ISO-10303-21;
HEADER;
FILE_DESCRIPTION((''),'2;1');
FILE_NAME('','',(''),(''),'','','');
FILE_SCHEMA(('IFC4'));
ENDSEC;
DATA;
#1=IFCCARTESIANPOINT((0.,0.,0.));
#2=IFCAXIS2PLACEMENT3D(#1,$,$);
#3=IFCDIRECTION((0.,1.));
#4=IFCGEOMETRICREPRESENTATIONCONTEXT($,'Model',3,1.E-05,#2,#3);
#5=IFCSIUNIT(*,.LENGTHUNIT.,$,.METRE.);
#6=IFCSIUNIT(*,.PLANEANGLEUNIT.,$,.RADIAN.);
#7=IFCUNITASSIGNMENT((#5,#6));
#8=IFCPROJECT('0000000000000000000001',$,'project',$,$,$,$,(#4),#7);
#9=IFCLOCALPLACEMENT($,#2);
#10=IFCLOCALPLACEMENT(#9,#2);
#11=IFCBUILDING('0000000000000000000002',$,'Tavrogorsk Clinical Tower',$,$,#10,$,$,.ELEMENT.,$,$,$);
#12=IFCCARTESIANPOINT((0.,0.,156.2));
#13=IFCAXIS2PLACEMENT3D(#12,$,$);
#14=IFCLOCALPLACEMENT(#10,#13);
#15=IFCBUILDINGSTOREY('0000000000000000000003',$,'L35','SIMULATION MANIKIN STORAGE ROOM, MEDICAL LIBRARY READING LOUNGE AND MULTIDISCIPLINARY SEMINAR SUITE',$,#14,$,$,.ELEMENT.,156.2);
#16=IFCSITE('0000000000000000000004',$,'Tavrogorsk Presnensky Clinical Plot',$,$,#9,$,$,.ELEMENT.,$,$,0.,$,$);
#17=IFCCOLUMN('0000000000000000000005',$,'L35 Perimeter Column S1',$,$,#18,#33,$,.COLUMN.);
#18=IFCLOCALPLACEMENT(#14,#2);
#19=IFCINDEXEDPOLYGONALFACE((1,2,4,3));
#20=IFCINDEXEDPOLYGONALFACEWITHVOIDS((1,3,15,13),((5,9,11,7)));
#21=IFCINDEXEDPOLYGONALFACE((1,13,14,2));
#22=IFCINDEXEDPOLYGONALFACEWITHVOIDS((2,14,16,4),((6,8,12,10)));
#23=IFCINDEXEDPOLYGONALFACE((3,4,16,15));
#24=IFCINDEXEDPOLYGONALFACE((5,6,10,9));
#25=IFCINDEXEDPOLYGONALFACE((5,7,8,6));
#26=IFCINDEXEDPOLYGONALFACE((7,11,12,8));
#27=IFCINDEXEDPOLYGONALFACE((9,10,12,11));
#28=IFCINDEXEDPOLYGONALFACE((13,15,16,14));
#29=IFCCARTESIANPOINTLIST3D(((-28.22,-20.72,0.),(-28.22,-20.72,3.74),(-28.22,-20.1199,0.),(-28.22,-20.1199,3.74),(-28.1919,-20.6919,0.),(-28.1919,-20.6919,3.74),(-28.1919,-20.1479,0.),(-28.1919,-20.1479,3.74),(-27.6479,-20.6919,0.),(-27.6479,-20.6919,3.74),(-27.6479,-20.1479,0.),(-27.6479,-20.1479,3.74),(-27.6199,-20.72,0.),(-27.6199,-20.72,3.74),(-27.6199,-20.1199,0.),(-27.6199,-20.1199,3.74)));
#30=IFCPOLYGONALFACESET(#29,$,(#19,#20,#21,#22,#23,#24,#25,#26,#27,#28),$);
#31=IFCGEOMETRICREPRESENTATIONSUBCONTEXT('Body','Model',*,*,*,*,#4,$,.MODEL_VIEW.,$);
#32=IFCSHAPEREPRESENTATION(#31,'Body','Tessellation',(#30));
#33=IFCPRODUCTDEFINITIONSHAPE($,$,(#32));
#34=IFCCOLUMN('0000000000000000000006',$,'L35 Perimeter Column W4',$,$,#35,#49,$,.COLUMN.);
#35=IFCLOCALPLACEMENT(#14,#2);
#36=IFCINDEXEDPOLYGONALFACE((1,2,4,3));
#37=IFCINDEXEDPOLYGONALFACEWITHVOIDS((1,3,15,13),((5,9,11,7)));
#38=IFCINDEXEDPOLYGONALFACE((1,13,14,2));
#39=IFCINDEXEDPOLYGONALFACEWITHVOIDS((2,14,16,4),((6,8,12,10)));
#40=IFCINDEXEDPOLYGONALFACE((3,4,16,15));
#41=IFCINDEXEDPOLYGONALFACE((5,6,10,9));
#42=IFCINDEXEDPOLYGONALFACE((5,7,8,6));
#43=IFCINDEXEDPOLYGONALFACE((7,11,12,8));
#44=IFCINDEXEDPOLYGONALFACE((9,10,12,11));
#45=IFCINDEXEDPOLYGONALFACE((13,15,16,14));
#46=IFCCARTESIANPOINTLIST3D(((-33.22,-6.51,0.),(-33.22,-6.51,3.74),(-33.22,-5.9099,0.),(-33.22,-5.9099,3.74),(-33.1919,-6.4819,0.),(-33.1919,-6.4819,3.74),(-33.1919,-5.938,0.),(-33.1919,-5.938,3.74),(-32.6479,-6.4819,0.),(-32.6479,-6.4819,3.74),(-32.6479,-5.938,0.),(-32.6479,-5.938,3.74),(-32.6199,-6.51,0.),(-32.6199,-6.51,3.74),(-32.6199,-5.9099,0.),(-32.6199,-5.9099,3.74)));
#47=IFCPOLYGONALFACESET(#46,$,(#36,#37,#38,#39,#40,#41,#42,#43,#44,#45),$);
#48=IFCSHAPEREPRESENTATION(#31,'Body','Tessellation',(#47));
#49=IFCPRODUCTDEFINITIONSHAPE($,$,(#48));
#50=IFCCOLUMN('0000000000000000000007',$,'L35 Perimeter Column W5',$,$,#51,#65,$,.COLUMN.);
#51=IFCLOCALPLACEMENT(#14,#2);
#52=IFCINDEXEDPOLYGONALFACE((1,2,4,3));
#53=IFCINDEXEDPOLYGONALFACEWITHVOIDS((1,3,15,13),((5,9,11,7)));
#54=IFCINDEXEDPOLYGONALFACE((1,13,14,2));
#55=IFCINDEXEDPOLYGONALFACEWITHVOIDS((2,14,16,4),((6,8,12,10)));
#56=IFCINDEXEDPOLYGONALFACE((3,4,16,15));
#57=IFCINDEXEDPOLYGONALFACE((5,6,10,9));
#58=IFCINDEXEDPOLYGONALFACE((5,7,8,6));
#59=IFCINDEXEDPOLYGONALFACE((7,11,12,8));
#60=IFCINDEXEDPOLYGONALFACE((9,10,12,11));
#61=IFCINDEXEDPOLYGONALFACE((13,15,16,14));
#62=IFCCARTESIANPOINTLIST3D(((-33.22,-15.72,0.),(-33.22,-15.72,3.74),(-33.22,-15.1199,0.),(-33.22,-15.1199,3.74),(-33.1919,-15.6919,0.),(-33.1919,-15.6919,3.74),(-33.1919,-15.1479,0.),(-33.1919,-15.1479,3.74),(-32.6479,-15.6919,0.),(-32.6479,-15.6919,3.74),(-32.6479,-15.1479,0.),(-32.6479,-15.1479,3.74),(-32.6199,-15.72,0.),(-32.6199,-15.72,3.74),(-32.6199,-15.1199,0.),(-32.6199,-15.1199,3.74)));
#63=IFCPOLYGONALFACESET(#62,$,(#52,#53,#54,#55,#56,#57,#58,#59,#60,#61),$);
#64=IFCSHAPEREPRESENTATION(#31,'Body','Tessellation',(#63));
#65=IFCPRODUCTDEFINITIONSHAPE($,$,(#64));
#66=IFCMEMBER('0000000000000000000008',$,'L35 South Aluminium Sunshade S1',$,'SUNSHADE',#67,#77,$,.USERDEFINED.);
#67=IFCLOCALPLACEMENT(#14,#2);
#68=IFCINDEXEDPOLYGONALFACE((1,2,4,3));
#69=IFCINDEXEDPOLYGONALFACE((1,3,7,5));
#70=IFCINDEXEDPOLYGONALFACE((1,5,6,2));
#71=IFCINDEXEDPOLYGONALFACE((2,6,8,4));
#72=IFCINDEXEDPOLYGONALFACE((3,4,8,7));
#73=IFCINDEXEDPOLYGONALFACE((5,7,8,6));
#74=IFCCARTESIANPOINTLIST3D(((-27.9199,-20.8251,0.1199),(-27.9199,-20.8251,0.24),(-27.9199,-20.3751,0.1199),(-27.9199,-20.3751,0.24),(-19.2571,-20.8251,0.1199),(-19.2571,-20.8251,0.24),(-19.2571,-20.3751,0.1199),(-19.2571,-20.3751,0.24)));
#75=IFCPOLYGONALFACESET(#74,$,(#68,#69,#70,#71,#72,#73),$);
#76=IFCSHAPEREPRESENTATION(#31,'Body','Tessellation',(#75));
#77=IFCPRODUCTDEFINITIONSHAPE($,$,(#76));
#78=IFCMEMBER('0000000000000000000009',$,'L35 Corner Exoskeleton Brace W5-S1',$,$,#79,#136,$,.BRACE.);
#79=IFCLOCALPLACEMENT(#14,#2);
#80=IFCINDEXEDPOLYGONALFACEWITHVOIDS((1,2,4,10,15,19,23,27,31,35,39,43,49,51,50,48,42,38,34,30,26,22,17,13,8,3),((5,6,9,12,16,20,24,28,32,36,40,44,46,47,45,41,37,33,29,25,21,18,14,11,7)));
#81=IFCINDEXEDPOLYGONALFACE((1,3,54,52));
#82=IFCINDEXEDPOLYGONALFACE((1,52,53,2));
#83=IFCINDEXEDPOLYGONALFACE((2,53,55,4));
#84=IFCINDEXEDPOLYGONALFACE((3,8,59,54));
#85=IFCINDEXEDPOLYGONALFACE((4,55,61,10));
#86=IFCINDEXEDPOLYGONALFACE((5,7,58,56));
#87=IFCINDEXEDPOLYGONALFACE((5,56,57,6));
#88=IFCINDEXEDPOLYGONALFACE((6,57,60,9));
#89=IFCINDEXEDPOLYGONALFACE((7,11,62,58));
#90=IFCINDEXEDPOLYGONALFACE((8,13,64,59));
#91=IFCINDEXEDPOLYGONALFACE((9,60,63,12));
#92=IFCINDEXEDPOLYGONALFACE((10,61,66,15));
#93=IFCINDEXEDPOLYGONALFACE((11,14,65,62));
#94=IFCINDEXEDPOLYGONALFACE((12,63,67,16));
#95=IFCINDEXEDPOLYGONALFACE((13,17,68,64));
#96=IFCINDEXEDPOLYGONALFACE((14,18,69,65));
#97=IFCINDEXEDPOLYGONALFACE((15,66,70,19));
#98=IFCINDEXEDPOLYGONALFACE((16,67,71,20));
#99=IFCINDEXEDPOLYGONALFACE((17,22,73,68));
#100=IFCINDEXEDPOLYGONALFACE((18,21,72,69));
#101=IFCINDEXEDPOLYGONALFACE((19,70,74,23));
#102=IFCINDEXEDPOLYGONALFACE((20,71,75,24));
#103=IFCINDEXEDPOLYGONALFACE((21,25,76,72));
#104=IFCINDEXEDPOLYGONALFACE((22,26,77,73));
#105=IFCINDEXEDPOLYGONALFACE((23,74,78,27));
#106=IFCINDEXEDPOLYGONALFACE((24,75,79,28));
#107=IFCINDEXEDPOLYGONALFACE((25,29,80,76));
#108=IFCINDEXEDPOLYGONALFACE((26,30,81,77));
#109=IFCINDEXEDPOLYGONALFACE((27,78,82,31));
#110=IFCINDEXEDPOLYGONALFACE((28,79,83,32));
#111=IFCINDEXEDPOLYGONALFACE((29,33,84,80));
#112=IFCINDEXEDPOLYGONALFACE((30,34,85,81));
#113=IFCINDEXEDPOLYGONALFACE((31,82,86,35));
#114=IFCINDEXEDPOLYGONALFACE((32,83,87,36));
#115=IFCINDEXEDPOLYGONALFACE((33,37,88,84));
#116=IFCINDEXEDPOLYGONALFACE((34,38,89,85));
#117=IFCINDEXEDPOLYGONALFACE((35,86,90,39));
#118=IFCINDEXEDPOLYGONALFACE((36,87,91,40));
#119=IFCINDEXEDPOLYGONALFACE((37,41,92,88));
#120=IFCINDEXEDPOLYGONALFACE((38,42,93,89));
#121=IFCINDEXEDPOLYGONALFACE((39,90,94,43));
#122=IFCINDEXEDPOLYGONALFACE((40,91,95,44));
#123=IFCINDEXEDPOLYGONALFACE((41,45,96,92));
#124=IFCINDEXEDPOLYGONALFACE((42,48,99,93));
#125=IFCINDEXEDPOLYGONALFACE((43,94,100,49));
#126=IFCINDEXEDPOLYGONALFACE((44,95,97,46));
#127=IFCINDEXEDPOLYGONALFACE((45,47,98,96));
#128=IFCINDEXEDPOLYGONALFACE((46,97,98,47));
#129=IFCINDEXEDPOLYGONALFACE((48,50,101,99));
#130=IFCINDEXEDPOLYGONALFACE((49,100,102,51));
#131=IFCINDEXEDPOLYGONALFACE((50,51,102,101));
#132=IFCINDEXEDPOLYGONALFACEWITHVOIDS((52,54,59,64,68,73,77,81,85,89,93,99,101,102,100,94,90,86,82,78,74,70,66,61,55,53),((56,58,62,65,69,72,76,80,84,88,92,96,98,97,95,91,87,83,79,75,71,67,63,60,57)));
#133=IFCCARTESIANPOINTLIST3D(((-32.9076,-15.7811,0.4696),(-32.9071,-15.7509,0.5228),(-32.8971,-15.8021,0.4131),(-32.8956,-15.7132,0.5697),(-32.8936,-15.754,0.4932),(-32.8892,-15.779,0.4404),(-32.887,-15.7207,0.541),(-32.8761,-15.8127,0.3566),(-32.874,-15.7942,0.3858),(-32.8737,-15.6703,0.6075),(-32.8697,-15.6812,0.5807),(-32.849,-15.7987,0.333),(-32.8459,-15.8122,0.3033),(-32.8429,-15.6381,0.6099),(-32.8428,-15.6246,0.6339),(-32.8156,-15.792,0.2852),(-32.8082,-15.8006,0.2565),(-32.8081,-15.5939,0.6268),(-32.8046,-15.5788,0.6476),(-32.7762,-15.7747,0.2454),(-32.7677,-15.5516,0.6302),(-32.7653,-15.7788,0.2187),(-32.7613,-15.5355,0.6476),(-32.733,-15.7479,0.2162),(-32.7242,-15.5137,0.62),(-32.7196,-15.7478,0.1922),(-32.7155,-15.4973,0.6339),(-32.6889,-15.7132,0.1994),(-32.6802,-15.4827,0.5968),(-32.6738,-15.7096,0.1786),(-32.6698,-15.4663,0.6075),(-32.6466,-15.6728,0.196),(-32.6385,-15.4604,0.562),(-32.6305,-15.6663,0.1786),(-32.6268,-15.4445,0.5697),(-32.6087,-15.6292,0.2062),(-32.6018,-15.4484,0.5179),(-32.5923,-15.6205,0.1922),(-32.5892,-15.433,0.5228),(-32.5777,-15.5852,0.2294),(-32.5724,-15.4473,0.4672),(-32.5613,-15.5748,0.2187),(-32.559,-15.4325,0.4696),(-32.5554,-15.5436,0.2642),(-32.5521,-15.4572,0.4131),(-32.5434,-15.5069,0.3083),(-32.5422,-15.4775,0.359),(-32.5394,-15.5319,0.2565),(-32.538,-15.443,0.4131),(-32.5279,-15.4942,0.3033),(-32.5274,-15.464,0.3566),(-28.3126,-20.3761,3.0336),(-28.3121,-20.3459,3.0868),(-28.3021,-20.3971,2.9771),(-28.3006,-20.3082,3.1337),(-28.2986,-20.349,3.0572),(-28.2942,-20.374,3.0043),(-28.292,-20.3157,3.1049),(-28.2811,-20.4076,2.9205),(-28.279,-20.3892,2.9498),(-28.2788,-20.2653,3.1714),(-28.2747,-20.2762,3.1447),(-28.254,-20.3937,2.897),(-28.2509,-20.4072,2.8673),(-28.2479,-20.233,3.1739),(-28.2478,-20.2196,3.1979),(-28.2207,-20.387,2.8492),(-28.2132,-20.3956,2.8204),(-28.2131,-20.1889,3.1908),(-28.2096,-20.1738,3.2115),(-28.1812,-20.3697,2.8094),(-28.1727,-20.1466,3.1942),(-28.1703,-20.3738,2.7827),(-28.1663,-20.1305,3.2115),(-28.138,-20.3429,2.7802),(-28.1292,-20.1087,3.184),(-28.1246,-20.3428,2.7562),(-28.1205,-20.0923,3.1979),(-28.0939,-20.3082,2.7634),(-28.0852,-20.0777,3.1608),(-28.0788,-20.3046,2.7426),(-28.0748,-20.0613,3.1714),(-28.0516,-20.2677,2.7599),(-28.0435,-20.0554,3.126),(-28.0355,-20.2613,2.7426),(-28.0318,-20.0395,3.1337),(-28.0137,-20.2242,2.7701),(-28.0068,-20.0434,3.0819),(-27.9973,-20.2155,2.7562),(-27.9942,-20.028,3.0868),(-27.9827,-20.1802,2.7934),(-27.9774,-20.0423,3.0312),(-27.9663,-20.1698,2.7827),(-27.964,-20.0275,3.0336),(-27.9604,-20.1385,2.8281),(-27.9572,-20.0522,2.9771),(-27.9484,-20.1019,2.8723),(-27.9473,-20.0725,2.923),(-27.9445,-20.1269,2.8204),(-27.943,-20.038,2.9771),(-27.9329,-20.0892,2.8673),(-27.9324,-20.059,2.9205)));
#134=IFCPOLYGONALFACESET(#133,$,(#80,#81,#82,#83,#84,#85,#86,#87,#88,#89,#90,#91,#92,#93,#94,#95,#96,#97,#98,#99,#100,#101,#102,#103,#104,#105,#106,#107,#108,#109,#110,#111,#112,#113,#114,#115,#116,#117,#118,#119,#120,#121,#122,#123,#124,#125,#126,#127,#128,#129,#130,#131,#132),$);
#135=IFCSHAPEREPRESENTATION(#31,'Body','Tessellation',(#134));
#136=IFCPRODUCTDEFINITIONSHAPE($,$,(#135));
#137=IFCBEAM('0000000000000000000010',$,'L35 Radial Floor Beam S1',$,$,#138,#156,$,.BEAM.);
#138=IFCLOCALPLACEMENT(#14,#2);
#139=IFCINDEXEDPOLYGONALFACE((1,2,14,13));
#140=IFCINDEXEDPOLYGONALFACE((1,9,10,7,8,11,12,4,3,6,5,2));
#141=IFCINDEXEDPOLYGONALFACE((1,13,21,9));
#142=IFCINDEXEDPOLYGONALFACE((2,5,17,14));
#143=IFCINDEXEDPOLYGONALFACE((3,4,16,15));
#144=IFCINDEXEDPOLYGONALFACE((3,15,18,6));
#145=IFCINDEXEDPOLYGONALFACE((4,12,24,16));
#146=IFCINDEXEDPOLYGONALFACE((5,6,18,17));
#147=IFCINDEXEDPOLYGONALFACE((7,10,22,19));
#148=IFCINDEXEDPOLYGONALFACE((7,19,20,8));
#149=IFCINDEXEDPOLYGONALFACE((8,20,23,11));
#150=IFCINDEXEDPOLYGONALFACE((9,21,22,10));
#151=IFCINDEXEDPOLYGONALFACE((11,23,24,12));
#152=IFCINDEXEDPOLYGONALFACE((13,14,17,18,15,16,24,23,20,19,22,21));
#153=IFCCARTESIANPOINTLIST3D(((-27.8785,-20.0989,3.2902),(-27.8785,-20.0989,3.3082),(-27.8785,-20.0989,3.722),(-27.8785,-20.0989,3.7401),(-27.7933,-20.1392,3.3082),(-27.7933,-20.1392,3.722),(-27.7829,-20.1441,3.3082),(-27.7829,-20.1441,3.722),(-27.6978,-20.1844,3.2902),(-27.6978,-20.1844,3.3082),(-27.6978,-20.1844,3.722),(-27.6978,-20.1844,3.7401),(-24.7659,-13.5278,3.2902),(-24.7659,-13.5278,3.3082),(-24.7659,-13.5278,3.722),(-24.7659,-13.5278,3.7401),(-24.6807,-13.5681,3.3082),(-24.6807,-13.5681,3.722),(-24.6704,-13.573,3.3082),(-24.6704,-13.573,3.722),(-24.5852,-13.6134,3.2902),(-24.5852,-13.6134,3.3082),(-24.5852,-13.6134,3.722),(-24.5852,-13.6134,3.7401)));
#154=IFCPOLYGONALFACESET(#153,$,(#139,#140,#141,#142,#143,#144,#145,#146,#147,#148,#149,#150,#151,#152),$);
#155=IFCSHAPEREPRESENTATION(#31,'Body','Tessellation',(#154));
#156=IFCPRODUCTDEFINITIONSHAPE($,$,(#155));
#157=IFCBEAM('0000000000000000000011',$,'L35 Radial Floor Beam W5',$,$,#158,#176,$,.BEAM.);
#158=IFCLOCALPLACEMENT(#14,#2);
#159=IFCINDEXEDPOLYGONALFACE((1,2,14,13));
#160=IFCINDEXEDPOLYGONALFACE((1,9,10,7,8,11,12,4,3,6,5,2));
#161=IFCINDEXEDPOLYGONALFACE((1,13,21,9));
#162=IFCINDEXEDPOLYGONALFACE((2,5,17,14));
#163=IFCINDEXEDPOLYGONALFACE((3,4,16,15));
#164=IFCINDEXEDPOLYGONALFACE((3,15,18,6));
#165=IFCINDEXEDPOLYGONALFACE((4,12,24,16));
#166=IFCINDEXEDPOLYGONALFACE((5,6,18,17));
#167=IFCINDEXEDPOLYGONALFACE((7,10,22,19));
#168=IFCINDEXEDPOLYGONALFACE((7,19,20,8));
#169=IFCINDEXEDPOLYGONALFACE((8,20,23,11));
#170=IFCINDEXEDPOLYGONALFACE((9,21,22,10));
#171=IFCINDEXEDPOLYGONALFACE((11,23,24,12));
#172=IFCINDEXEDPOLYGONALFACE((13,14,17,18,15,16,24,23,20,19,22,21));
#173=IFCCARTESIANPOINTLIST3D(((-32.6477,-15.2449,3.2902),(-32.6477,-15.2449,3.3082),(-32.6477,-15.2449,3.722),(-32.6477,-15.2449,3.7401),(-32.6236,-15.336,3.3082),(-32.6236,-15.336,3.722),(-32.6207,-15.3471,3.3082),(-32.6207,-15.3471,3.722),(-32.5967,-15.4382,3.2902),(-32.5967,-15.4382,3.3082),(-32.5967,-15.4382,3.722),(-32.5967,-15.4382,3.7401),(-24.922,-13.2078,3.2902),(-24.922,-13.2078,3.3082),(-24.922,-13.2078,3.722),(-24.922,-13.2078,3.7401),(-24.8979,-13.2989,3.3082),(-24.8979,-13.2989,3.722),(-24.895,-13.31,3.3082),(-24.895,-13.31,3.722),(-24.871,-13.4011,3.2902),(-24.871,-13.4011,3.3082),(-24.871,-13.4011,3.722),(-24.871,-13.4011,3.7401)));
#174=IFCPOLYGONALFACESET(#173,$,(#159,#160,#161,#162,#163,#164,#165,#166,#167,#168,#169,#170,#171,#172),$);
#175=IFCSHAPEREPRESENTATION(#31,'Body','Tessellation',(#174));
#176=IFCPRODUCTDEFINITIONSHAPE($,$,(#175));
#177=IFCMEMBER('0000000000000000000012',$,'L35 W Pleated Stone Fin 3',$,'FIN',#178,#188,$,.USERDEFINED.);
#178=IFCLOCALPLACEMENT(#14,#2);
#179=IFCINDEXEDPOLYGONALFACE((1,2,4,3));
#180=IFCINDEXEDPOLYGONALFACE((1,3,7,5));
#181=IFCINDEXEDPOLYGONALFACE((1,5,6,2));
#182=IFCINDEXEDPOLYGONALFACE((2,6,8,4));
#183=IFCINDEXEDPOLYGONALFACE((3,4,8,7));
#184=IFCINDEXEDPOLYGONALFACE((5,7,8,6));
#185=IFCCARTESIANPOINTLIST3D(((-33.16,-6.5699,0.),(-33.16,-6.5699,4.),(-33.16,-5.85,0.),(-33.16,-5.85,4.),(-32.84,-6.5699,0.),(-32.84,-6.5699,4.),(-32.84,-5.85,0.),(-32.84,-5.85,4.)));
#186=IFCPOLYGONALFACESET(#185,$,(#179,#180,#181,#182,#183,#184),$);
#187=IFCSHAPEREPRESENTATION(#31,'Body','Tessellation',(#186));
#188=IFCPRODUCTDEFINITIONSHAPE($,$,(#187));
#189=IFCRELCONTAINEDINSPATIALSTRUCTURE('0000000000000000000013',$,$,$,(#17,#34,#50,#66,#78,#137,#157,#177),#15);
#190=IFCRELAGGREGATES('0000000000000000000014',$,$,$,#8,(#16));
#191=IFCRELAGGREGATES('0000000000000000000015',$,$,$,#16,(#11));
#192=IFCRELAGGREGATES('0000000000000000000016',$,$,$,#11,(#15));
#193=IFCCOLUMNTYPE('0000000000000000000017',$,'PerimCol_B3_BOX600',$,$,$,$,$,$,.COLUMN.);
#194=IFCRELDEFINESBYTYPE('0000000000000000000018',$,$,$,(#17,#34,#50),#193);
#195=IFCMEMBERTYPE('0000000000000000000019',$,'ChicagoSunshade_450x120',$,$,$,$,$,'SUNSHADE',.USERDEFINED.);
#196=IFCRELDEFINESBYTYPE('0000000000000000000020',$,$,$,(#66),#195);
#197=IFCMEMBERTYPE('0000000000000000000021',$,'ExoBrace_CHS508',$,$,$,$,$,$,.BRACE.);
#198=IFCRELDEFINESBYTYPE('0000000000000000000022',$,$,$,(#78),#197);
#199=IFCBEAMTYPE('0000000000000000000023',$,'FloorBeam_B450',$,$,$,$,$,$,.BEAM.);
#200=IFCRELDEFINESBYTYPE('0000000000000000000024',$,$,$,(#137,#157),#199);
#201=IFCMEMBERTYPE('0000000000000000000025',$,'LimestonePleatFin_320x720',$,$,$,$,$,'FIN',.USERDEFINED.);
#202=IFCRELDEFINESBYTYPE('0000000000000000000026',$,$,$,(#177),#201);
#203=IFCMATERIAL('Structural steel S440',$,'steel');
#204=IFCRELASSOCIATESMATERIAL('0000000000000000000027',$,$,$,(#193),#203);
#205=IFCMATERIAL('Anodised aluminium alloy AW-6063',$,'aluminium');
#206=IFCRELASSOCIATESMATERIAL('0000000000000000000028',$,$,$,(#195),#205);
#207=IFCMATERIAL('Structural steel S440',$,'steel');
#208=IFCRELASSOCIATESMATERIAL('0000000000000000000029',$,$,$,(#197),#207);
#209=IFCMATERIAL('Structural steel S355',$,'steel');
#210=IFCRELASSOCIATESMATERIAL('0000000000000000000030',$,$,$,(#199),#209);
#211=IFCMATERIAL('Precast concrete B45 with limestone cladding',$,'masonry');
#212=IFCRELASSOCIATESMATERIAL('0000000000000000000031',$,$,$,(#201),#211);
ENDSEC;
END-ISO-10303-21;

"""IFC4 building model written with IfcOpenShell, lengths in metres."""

from ifc_helpers import new_model, si_unit, direction, frame, origin, origin_2d, place, context, subcontext, project, spatial, rectangle, hollow_rectangle, hollow_circle, i_section, extrude, material, material_profile, profile_set, type_object, element, save


model = new_model("IFC4")

# Units and contexts
model_context = context("Model", 3, precision=1e-05, world=origin(), true_north=direction((0.0, 1.0)))
body_context = subcontext(model_context, "Body", "Model", "MODEL_VIEW")
ifc_project = project(units=[si_unit("LENGTHUNIT", "METRE"), si_unit("PLANEANGLEUNIT", "RADIAN")], contexts=[model_context])

# Site, building, storey
site_placement = place(None, origin())
site = spatial("IfcSite", under=ifc_project, at=site_placement, Name="Tavrogorsk Presnensky Clinical Plot", CompositionType="ELEMENT", RefElevation=0.0)
building_placement = place(site_placement, origin())
building = spatial("IfcBuilding", under=site, at=building_placement, Name="Tavrogorsk Clinical Tower", CompositionType="ELEMENT")
storey_placement = place(building_placement, frame((0.0, 0.0, 156.2)))
storey = spatial("IfcBuildingStorey", under=building, at=storey_placement, Name="L35", Description="SIMULATION MANIKIN STORAGE ROOM, MEDICAL LIBRARY READING LOUNGE AND MULTIDISCIPLINARY SEMINAR SUITE", CompositionType="ELEMENT", Elevation=156.2)

# Columns
ifc_material_1 = material(Name="Structural steel S440", Category="steel")
ifc_material_profile_1 = material_profile(ifc_material_1, hollow_rectangle(XDim=0.6001, YDim=0.6001, WallThickness=0.0281, at=origin_2d()), Name="BOX-600x600x28")
ifc_profile_set_1 = profile_set([ifc_material_profile_1], Name="Structural steel S440")
column_type = type_object("IfcColumnType", Name="PerimCol_B3_BOX600", PredefinedType="COLUMN", material=ifc_profile_set_1)
for number, where, z_axis, x_axis, name in (
    (1, (-27.9199, -20.4199, 0.0), (0.0, 0.0, 1.0), (1.0, 0.0, 0.0), "L35 Perimeter Column S1"),
    (2, (-32.9199, -6.21, 0.0), (0.0, 0.0, 1.0), (1.0, 0.0, 0.0), "L35 Perimeter Column W4"),
    (3, (-32.9199, -15.4199, 0.0), (0.0, 0.0, 1.0), (1.0, 0.0, 0.0), "L35 Perimeter Column W5"),
):
    element("IfcColumn", number, at=place(storey_placement, frame(where, z_axis=z_axis, x_axis=x_axis)), inside=storey, type_object=column_type, Name=name, PredefinedType="COLUMN", context=body_context, shape_type="SweptSolid", body=[
        extrude(hollow_rectangle(XDim=0.6001, YDim=0.6001, WallThickness=0.0281, at=origin_2d()), origin(), (0.0, 0.0, 1.0), 3.74),
    ])

# Members
ifc_material_2 = material(Name="Anodised aluminium alloy AW-6063", Category="aluminium")
ifc_material_profile_2 = material_profile(ifc_material_2, rectangle(XDim=0.45, YDim=0.1201, at=origin_2d()), Name="ALU-SUNSHADE-450x120")
ifc_profile_set_2 = profile_set([ifc_material_profile_2], Name="Anodised aluminium alloy AW-6063")
member_type_1 = type_object("IfcMemberType", Name="ChicagoSunshade_450x120", ElementType="SUNSHADE", PredefinedType="USERDEFINED", material=ifc_profile_set_2)
member_1_placement = place(storey_placement, frame((-27.9199, -20.6001, 0.1799), z_axis=(1.0, 0.0, 0.0), x_axis=(0.0, 1.0, 0.0)))
element("IfcMember", 4, at=member_1_placement, inside=storey, type_object=member_type_1, Name="L35 South Aluminium Sunshade S1", ObjectType="SUNSHADE", PredefinedType="USERDEFINED", context=body_context, shape_type="SweptSolid", body=[
    extrude(rectangle(XDim=0.45, YDim=0.1201, at=origin_2d()), origin(), (0.0, 0.0, 1.0), 8.6628),
])
ifc_material_3 = material(Name="Structural steel S440", Category="steel")
ifc_material_profile_3 = material_profile(ifc_material_3, hollow_circle(Radius=0.2539, WallThickness=0.02, at=origin_2d()), Name="CHS-508x20")
ifc_profile_set_3 = profile_set([ifc_material_profile_3], Name="Structural steel S440")
member_type_2 = type_object("IfcMemberType", Name="ExoBrace_CHS508", PredefinedType="BRACE", material=ifc_profile_set_3)
member_2_placement = place(storey_placement, frame((-32.7175, -15.6226, 0.4131), z_axis=(0.657759, -0.657759, 0.367025), x_axis=(0.707107, 0.707107, 0.0)))
element("IfcMember", 5, at=member_2_placement, inside=storey, type_object=member_type_2, Name="L35 Corner Exoskeleton Brace W5-S1", PredefinedType="BRACE", context=body_context, shape_type="SweptSolid", body=[
    extrude(hollow_circle(Radius=0.2539, WallThickness=0.02, at=origin_2d()), origin(), (0.0, 0.0, 1.0), 6.9858),
])

# Beams
ifc_material_4 = material(Name="Structural steel S355", Category="steel")
ifc_material_profile_4 = material_profile(ifc_material_4, i_section(OverallWidth=0.2, OverallDepth=0.45, WebThickness=0.0115, FlangeThickness=0.0181, at=origin_2d()), Name="B-450x200x11.5x18")
ifc_profile_set_4 = profile_set([ifc_material_profile_4], Name="Structural steel S355")
beam_type_1 = type_object("IfcBeamType", Name="FloorBeam_B450", PredefinedType="BEAM", material=ifc_profile_set_4)
beam_1_placement = place(storey_placement, frame((-24.6755, -13.5706, 3.5151), z_axis=(-0.428081, -0.903741, 0.0), x_axis=(0.903741, -0.428081, 0.0)))
element("IfcBeam", 6, at=beam_1_placement, inside=storey, type_object=beam_type_1, Name="L35 Radial Floor Beam S1", PredefinedType="BEAM", context=body_context, shape_type="SweptSolid", body=[
    extrude(i_section(OverallWidth=0.2, OverallDepth=0.45, WebThickness=0.0115, FlangeThickness=0.0181, at=origin_2d()), origin(), (0.0, 0.0, 1.0), 7.271),
])
beam_2_placement = place(storey_placement, frame((-24.8965, -13.3044, 3.5151), z_axis=(-0.966949, -0.254969, 0.0), x_axis=(0.254969, -0.966949, 0.0)))
element("IfcBeam", 7, at=beam_2_placement, inside=storey, type_object=beam_type_1, Name="L35 Radial Floor Beam W5", PredefinedType="BEAM", context=body_context, shape_type="SweptSolid", body=[
    extrude(i_section(OverallWidth=0.2, OverallDepth=0.45, WebThickness=0.0115, FlangeThickness=0.0181, at=origin_2d()), origin(), (0.0, 0.0, 1.0), 7.9897),
])

# Member
ifc_material_5 = material(Name="Precast concrete B45 with limestone cladding", Category="masonry")
ifc_material_profile_5 = material_profile(ifc_material_5, rectangle(XDim=0.3201, YDim=0.72, at=origin_2d()), Name="LIMESTONE-FIN-320x720")
ifc_profile_set_5 = profile_set([ifc_material_profile_5], Name="Precast concrete B45 with limestone cladding")
member_type_3 = type_object("IfcMemberType", Name="LimestonePleatFin_320x720", ElementType="FIN", PredefinedType="USERDEFINED", material=ifc_profile_set_5)
for number, where, z_axis, x_axis, name in (
    (8, (-33.0, -6.21, 0.0), (0.0, 0.0, 1.0), (1.0, 0.0, 0.0), "L35 W Pleated Stone Fin 3"),
):
    element("IfcMember", number, at=place(storey_placement, frame(where, z_axis=z_axis, x_axis=x_axis)), inside=storey, type_object=member_type_3, Name=name, ObjectType="FIN", PredefinedType="USERDEFINED", context=body_context, shape_type="SweptSolid", body=[
        extrude(rectangle(XDim=0.3201, YDim=0.72, at=origin_2d()), origin(), (0.0, 0.0, 1.0), 4.0),
    ])

save(model, "model.ifc")
